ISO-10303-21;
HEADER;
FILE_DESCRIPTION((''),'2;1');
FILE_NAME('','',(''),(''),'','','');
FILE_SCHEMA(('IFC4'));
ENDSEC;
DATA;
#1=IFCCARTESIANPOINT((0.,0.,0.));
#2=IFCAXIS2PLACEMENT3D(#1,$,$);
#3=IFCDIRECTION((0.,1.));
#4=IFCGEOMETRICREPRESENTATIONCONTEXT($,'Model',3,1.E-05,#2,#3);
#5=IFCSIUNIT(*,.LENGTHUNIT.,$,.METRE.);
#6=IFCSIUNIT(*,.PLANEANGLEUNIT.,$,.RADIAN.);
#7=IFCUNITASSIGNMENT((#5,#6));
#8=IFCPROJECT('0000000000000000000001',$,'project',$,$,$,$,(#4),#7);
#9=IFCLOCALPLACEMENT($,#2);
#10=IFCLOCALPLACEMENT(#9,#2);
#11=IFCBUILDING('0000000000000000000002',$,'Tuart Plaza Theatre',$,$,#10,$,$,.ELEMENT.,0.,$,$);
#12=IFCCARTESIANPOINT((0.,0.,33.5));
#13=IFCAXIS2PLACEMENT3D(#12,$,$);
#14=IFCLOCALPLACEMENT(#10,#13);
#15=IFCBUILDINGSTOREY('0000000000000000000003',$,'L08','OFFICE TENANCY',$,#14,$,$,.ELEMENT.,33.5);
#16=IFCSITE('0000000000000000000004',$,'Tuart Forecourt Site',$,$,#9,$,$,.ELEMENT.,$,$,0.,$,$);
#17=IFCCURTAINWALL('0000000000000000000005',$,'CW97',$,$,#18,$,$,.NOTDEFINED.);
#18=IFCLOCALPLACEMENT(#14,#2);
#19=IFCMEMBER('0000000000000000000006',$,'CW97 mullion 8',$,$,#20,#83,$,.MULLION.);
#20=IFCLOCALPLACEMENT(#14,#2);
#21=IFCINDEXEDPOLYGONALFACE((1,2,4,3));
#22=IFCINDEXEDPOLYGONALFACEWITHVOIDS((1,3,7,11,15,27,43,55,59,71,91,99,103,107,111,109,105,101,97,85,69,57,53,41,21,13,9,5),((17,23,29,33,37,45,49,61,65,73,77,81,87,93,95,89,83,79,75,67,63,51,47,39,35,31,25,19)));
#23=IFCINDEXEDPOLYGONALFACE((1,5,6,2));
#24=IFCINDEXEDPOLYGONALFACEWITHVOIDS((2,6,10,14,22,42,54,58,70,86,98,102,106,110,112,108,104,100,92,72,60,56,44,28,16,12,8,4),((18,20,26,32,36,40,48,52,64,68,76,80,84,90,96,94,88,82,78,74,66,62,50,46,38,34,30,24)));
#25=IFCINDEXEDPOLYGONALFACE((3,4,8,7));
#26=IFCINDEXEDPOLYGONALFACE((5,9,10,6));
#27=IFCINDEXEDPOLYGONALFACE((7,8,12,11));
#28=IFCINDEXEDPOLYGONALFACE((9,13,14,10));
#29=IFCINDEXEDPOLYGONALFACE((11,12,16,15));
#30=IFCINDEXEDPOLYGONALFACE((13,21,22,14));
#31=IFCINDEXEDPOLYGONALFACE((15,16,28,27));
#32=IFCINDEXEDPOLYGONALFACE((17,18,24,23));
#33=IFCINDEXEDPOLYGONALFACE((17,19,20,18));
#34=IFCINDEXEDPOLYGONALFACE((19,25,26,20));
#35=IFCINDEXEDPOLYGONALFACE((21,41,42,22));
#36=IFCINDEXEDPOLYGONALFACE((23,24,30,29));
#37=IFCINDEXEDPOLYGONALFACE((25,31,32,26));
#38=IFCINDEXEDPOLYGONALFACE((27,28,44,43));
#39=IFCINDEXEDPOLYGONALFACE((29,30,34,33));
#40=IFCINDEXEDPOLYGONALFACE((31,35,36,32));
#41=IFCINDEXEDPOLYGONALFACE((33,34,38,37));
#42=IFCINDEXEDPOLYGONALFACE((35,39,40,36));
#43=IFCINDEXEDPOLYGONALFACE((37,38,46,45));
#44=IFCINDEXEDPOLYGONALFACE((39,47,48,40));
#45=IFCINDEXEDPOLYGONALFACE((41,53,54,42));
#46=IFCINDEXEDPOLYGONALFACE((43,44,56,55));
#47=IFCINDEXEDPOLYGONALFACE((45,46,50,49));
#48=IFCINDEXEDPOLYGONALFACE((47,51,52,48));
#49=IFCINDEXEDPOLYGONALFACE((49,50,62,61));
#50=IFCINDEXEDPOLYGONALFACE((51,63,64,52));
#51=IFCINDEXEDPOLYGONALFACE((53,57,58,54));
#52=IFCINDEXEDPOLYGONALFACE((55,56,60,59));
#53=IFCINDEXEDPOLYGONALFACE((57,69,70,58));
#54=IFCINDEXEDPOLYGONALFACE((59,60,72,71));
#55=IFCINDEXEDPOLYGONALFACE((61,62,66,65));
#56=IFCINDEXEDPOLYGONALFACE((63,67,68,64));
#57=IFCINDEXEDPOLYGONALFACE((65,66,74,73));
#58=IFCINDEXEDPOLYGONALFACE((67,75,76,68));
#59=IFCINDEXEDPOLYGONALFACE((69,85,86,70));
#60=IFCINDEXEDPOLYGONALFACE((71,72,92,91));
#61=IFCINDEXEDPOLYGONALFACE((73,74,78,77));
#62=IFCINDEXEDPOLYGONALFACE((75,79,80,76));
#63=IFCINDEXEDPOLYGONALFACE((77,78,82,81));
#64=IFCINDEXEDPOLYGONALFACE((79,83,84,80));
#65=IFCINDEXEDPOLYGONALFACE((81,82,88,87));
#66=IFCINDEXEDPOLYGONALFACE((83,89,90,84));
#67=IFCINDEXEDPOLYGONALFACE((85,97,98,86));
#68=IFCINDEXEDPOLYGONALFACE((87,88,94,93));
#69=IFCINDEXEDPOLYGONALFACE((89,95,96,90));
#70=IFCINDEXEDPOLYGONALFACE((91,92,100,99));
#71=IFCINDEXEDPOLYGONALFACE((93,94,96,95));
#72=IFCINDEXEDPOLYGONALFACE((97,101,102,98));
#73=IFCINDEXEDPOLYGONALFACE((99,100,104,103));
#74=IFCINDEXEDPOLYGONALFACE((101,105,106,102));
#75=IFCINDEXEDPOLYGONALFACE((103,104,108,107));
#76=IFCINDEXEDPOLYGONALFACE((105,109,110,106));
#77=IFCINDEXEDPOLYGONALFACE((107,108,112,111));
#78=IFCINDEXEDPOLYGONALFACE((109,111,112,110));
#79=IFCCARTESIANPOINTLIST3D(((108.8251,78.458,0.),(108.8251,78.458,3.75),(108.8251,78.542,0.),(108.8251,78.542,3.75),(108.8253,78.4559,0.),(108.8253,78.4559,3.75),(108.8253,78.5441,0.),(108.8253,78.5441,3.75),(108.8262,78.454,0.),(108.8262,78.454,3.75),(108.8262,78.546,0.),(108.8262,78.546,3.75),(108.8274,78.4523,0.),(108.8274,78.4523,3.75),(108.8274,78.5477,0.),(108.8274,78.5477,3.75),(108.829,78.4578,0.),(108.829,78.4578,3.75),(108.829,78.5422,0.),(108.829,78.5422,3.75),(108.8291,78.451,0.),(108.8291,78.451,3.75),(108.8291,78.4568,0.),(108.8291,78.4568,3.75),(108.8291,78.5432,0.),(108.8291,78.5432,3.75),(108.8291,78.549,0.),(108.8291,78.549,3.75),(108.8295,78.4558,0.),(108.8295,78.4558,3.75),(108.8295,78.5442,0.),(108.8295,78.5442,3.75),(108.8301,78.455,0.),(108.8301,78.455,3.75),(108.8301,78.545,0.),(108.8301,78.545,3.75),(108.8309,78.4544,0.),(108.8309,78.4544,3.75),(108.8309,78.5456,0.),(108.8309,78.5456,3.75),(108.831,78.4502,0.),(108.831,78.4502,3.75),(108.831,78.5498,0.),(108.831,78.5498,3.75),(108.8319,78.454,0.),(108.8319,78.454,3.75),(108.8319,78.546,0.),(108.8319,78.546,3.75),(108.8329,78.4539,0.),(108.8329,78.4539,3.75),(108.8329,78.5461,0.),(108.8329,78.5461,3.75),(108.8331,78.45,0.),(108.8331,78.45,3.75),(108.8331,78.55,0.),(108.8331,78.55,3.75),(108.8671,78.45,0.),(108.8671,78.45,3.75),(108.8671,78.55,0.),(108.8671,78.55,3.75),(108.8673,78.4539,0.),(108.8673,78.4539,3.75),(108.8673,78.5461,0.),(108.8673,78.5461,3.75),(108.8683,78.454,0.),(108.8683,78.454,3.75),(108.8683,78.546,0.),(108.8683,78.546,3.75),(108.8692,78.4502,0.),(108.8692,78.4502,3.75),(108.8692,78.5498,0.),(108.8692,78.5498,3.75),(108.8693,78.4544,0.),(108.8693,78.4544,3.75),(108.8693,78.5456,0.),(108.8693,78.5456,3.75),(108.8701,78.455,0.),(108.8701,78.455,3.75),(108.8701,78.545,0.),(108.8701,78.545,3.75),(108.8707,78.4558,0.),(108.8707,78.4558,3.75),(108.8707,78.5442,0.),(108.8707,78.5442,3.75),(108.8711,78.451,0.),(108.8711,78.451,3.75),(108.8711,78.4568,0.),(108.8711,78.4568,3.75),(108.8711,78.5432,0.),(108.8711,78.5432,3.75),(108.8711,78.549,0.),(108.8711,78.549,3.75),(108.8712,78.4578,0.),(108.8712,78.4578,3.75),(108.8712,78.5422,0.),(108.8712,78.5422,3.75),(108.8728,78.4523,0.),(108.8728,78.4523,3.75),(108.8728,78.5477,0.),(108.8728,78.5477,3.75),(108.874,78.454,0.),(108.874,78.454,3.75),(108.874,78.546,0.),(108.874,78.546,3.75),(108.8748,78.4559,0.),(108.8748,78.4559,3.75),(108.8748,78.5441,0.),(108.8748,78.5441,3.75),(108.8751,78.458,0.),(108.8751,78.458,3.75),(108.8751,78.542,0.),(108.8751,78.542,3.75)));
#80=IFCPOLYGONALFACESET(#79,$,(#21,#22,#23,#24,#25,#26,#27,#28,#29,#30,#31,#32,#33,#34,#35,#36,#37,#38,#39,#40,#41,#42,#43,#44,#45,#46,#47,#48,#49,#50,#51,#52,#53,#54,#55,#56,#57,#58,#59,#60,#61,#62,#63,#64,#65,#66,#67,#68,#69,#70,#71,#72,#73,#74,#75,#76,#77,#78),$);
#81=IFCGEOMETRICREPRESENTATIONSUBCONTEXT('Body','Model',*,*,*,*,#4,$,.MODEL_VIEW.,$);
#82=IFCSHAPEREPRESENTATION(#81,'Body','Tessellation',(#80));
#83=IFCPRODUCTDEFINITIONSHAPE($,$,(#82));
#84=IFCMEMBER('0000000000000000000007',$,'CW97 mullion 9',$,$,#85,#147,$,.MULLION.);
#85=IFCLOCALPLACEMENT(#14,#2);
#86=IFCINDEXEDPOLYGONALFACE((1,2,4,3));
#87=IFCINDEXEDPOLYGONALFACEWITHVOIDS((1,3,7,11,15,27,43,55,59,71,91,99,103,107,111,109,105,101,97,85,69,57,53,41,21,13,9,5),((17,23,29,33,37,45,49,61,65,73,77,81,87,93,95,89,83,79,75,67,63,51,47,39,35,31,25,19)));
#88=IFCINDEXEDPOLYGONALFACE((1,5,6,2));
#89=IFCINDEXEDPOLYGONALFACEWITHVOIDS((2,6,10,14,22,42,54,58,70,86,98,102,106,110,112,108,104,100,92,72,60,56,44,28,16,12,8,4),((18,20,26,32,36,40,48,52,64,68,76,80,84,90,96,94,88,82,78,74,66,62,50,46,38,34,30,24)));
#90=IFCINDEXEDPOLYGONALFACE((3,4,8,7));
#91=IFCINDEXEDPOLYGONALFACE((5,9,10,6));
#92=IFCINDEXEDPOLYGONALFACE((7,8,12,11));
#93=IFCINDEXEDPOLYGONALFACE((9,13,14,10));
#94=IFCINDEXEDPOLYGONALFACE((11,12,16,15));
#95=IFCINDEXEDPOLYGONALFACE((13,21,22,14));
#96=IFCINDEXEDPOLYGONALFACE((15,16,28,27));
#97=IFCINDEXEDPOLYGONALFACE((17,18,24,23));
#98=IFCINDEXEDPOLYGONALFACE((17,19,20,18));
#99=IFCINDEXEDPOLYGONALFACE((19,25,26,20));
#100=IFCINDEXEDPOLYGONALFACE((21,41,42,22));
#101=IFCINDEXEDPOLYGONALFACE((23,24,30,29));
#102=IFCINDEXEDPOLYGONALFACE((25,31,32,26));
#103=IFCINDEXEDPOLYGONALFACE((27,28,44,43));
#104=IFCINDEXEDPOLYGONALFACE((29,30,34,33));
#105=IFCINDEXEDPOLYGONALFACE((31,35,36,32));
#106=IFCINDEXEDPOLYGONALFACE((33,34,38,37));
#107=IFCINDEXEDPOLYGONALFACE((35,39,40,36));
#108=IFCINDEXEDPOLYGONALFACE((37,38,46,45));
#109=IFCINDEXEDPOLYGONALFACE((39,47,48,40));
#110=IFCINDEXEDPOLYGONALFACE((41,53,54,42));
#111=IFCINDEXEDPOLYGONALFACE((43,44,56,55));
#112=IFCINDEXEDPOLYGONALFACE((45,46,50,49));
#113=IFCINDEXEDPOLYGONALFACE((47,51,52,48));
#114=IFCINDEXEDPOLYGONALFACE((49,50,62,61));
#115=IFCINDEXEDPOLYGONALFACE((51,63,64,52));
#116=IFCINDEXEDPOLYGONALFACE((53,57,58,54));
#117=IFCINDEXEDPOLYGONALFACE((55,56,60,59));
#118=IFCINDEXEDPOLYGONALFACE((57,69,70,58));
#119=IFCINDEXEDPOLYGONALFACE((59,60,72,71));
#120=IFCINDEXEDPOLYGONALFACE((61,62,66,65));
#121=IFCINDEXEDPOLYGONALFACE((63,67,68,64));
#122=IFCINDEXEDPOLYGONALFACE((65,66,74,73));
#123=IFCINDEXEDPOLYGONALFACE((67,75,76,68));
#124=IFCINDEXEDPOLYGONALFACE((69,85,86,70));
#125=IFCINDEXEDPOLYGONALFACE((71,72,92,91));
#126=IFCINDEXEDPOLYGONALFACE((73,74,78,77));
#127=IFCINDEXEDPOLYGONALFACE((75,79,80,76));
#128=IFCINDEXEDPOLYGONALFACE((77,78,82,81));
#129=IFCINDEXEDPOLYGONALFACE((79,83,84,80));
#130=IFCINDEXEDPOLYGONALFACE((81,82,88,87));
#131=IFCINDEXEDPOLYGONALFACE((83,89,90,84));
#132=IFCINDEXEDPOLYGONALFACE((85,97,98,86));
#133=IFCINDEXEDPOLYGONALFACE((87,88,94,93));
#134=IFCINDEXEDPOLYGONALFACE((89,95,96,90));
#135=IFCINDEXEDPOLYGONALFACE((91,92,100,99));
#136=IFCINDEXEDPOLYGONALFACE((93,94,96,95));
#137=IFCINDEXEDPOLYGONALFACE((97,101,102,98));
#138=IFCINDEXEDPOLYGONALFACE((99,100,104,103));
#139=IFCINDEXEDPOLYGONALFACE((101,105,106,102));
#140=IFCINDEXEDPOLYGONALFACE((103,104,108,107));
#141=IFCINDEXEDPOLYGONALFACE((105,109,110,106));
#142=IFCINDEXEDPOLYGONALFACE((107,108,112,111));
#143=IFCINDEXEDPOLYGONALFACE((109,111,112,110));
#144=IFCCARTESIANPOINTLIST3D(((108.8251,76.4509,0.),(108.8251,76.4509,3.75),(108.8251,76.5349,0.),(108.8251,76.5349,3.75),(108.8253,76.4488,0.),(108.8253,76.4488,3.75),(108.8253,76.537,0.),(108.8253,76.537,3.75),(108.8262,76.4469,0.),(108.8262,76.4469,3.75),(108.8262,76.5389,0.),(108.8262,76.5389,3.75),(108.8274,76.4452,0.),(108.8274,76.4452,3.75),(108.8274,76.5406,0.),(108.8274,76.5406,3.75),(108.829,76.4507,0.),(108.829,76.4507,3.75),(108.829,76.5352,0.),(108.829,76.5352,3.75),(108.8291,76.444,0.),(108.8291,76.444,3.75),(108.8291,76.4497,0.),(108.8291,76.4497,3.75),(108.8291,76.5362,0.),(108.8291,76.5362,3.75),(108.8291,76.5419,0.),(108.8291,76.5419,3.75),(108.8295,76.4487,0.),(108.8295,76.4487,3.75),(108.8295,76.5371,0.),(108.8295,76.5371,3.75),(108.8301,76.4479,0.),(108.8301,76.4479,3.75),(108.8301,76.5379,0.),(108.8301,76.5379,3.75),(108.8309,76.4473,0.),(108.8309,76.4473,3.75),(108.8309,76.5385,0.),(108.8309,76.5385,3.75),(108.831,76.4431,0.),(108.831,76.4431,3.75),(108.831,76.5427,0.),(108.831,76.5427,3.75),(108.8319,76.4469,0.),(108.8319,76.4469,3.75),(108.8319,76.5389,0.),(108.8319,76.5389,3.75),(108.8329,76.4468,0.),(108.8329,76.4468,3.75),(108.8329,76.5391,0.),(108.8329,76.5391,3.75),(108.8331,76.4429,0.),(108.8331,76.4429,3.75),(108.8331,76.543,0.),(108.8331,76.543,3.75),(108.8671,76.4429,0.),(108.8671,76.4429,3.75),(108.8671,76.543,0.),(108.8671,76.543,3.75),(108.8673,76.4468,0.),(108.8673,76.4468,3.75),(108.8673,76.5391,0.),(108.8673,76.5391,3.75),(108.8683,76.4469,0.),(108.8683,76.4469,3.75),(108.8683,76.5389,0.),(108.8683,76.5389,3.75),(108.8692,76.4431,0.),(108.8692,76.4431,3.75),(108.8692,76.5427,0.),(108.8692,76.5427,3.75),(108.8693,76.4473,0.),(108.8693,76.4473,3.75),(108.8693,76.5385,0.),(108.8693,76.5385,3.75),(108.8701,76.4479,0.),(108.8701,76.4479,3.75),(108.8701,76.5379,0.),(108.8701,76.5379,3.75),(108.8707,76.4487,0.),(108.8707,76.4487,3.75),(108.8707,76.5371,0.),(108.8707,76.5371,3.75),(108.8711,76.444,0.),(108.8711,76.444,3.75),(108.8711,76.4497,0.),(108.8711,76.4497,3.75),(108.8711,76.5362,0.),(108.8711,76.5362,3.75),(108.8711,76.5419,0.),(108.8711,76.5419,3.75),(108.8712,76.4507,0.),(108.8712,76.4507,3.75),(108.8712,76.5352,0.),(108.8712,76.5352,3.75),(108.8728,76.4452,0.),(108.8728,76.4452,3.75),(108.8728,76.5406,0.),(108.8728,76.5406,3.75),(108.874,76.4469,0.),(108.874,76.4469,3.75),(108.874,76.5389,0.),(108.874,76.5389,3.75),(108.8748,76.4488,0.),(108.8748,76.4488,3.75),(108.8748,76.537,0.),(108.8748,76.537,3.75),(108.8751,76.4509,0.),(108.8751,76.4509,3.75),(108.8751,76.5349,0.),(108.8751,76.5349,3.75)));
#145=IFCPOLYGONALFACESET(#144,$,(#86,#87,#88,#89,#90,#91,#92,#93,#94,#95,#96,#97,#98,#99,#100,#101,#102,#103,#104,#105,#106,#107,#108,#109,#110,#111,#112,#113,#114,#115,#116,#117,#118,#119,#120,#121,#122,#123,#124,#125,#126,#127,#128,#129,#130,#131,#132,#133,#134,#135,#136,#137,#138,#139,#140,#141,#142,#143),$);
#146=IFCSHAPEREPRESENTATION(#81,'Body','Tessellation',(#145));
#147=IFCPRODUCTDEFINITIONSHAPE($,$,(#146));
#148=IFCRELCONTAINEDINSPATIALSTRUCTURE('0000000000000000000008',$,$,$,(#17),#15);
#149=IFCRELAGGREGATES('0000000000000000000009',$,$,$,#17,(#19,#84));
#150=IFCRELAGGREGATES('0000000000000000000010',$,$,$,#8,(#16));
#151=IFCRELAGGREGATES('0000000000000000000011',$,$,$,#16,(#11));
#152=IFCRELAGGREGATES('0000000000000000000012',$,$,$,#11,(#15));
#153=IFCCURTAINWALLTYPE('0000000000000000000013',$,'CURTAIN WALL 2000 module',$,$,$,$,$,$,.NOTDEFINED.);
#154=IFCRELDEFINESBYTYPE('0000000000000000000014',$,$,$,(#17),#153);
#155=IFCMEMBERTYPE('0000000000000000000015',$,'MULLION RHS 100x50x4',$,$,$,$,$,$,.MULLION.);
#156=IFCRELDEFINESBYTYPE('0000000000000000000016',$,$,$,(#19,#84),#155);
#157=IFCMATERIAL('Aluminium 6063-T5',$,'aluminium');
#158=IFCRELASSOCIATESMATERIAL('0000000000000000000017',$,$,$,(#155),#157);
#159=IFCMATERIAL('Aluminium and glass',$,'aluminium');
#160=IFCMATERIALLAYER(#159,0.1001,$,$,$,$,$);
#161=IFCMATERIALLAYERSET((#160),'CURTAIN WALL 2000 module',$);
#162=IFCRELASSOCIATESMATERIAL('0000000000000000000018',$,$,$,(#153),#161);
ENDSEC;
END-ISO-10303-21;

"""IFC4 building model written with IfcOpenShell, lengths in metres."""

from ifc_helpers import new_model, si_unit, direction, frame, origin, origin_2d, place, context, subcontext, project, spatial, hollow_rectangle, extrude, material, layer, layer_set, material_profile, profile_set, type_object, element, aggregate, save


model = new_model("IFC4")

# Units and contexts
model_context = context("Model", 3, precision=1e-05, world=origin(), true_north=direction((0.0, 1.0)))
body_context = subcontext(model_context, "Body", "Model", "MODEL_VIEW")
ifc_project = project(units=[si_unit("LENGTHUNIT", "METRE"), si_unit("PLANEANGLEUNIT", "RADIAN")], contexts=[model_context])

# Site, building, storey
site_placement = place(None, origin())
site = spatial("IfcSite", under=ifc_project, at=site_placement, Name="Tuart Forecourt Site", CompositionType="ELEMENT", RefElevation=0.0)
building_placement = place(site_placement, origin())
building = spatial("IfcBuilding", under=site, at=building_placement, Name="Tuart Plaza Theatre", CompositionType="ELEMENT", ElevationOfRefHeight=0.0)
storey_placement = place(building_placement, frame((0.0, 0.0, 33.5)))
storey = spatial("IfcBuildingStorey", under=building, at=storey_placement, Name="L08", Description="OFFICE TENANCY", CompositionType="ELEMENT", Elevation=33.5)

# Shared definitions
ifc_material_1 = material(Name="Aluminium 6063-T5", Category="aluminium")
ifc_material_profile_1 = material_profile(ifc_material_1, hollow_rectangle(XDim=0.05, YDim=0.1001, WallThickness=0.0039, InnerFilletRadius=0.0039, OuterFilletRadius=0.0081, at=origin_2d()), Name="RHS 100x50x4")
ifc_profile_set_1 = profile_set([ifc_material_profile_1], Name="Aluminium 6063-T5")
member_type_1 = type_object("IfcMemberType", Name="MULLION RHS 100x50x4", PredefinedType="MULLION", material=ifc_profile_set_1)

# Curtain wall, members
ifc_material_2 = material(Name="Aluminium and glass", Category="aluminium")
ifc_layer_1 = layer(ifc_material_2, 0.1001)
ifc_layer_set_1 = layer_set([ifc_layer_1], Name="CURTAIN WALL 2000 module")
curtain_wall_type_1 = type_object("IfcCurtainWallType", Name="CURTAIN WALL 2000 module", PredefinedType="NOTDEFINED", material=ifc_layer_set_1)
curtain_wall_1_placement = place(storey_placement, origin())
curtain_wall_1 = element("IfcCurtainWall", 1, at=curtain_wall_1_placement, inside=storey, type_object=curtain_wall_type_1, Name="CW97", PredefinedType="NOTDEFINED")
member_1_placement = place(storey_placement, frame((108.8501, 78.5, 0.0), z_axis=(0.0, 0.0, 1.0), x_axis=(1.0, 0.0, 0.0)))
member_1 = element("IfcMember", 2, at=member_1_placement, type_object=member_type_1, Name="CW97 mullion 8", PredefinedType="MULLION", context=body_context, shape_type="SweptSolid", body=[
    extrude(hollow_rectangle(XDim=0.05, YDim=0.1001, WallThickness=0.0039, InnerFilletRadius=0.0039, OuterFilletRadius=0.0081, at=origin_2d()), origin(), (0.0, 0.0, 1.0), 3.75),
])
member_2_placement = place(storey_placement, frame((108.8501, 76.4929, 0.0), z_axis=(0.0, 0.0, 1.0), x_axis=(1.0, 0.0, 0.0)))
member_2 = element("IfcMember", 3, at=member_2_placement, type_object=member_type_1, Name="CW97 mullion 9", PredefinedType="MULLION", context=body_context, shape_type="SweptSolid", body=[
    extrude(hollow_rectangle(XDim=0.05, YDim=0.1001, WallThickness=0.0039, InnerFilletRadius=0.0039, OuterFilletRadius=0.0081, at=origin_2d()), origin(), (0.0, 0.0, 1.0), 3.75),
])
aggregate(curtain_wall_1, [member_1, member_2])

save(model, "model.ifc")
